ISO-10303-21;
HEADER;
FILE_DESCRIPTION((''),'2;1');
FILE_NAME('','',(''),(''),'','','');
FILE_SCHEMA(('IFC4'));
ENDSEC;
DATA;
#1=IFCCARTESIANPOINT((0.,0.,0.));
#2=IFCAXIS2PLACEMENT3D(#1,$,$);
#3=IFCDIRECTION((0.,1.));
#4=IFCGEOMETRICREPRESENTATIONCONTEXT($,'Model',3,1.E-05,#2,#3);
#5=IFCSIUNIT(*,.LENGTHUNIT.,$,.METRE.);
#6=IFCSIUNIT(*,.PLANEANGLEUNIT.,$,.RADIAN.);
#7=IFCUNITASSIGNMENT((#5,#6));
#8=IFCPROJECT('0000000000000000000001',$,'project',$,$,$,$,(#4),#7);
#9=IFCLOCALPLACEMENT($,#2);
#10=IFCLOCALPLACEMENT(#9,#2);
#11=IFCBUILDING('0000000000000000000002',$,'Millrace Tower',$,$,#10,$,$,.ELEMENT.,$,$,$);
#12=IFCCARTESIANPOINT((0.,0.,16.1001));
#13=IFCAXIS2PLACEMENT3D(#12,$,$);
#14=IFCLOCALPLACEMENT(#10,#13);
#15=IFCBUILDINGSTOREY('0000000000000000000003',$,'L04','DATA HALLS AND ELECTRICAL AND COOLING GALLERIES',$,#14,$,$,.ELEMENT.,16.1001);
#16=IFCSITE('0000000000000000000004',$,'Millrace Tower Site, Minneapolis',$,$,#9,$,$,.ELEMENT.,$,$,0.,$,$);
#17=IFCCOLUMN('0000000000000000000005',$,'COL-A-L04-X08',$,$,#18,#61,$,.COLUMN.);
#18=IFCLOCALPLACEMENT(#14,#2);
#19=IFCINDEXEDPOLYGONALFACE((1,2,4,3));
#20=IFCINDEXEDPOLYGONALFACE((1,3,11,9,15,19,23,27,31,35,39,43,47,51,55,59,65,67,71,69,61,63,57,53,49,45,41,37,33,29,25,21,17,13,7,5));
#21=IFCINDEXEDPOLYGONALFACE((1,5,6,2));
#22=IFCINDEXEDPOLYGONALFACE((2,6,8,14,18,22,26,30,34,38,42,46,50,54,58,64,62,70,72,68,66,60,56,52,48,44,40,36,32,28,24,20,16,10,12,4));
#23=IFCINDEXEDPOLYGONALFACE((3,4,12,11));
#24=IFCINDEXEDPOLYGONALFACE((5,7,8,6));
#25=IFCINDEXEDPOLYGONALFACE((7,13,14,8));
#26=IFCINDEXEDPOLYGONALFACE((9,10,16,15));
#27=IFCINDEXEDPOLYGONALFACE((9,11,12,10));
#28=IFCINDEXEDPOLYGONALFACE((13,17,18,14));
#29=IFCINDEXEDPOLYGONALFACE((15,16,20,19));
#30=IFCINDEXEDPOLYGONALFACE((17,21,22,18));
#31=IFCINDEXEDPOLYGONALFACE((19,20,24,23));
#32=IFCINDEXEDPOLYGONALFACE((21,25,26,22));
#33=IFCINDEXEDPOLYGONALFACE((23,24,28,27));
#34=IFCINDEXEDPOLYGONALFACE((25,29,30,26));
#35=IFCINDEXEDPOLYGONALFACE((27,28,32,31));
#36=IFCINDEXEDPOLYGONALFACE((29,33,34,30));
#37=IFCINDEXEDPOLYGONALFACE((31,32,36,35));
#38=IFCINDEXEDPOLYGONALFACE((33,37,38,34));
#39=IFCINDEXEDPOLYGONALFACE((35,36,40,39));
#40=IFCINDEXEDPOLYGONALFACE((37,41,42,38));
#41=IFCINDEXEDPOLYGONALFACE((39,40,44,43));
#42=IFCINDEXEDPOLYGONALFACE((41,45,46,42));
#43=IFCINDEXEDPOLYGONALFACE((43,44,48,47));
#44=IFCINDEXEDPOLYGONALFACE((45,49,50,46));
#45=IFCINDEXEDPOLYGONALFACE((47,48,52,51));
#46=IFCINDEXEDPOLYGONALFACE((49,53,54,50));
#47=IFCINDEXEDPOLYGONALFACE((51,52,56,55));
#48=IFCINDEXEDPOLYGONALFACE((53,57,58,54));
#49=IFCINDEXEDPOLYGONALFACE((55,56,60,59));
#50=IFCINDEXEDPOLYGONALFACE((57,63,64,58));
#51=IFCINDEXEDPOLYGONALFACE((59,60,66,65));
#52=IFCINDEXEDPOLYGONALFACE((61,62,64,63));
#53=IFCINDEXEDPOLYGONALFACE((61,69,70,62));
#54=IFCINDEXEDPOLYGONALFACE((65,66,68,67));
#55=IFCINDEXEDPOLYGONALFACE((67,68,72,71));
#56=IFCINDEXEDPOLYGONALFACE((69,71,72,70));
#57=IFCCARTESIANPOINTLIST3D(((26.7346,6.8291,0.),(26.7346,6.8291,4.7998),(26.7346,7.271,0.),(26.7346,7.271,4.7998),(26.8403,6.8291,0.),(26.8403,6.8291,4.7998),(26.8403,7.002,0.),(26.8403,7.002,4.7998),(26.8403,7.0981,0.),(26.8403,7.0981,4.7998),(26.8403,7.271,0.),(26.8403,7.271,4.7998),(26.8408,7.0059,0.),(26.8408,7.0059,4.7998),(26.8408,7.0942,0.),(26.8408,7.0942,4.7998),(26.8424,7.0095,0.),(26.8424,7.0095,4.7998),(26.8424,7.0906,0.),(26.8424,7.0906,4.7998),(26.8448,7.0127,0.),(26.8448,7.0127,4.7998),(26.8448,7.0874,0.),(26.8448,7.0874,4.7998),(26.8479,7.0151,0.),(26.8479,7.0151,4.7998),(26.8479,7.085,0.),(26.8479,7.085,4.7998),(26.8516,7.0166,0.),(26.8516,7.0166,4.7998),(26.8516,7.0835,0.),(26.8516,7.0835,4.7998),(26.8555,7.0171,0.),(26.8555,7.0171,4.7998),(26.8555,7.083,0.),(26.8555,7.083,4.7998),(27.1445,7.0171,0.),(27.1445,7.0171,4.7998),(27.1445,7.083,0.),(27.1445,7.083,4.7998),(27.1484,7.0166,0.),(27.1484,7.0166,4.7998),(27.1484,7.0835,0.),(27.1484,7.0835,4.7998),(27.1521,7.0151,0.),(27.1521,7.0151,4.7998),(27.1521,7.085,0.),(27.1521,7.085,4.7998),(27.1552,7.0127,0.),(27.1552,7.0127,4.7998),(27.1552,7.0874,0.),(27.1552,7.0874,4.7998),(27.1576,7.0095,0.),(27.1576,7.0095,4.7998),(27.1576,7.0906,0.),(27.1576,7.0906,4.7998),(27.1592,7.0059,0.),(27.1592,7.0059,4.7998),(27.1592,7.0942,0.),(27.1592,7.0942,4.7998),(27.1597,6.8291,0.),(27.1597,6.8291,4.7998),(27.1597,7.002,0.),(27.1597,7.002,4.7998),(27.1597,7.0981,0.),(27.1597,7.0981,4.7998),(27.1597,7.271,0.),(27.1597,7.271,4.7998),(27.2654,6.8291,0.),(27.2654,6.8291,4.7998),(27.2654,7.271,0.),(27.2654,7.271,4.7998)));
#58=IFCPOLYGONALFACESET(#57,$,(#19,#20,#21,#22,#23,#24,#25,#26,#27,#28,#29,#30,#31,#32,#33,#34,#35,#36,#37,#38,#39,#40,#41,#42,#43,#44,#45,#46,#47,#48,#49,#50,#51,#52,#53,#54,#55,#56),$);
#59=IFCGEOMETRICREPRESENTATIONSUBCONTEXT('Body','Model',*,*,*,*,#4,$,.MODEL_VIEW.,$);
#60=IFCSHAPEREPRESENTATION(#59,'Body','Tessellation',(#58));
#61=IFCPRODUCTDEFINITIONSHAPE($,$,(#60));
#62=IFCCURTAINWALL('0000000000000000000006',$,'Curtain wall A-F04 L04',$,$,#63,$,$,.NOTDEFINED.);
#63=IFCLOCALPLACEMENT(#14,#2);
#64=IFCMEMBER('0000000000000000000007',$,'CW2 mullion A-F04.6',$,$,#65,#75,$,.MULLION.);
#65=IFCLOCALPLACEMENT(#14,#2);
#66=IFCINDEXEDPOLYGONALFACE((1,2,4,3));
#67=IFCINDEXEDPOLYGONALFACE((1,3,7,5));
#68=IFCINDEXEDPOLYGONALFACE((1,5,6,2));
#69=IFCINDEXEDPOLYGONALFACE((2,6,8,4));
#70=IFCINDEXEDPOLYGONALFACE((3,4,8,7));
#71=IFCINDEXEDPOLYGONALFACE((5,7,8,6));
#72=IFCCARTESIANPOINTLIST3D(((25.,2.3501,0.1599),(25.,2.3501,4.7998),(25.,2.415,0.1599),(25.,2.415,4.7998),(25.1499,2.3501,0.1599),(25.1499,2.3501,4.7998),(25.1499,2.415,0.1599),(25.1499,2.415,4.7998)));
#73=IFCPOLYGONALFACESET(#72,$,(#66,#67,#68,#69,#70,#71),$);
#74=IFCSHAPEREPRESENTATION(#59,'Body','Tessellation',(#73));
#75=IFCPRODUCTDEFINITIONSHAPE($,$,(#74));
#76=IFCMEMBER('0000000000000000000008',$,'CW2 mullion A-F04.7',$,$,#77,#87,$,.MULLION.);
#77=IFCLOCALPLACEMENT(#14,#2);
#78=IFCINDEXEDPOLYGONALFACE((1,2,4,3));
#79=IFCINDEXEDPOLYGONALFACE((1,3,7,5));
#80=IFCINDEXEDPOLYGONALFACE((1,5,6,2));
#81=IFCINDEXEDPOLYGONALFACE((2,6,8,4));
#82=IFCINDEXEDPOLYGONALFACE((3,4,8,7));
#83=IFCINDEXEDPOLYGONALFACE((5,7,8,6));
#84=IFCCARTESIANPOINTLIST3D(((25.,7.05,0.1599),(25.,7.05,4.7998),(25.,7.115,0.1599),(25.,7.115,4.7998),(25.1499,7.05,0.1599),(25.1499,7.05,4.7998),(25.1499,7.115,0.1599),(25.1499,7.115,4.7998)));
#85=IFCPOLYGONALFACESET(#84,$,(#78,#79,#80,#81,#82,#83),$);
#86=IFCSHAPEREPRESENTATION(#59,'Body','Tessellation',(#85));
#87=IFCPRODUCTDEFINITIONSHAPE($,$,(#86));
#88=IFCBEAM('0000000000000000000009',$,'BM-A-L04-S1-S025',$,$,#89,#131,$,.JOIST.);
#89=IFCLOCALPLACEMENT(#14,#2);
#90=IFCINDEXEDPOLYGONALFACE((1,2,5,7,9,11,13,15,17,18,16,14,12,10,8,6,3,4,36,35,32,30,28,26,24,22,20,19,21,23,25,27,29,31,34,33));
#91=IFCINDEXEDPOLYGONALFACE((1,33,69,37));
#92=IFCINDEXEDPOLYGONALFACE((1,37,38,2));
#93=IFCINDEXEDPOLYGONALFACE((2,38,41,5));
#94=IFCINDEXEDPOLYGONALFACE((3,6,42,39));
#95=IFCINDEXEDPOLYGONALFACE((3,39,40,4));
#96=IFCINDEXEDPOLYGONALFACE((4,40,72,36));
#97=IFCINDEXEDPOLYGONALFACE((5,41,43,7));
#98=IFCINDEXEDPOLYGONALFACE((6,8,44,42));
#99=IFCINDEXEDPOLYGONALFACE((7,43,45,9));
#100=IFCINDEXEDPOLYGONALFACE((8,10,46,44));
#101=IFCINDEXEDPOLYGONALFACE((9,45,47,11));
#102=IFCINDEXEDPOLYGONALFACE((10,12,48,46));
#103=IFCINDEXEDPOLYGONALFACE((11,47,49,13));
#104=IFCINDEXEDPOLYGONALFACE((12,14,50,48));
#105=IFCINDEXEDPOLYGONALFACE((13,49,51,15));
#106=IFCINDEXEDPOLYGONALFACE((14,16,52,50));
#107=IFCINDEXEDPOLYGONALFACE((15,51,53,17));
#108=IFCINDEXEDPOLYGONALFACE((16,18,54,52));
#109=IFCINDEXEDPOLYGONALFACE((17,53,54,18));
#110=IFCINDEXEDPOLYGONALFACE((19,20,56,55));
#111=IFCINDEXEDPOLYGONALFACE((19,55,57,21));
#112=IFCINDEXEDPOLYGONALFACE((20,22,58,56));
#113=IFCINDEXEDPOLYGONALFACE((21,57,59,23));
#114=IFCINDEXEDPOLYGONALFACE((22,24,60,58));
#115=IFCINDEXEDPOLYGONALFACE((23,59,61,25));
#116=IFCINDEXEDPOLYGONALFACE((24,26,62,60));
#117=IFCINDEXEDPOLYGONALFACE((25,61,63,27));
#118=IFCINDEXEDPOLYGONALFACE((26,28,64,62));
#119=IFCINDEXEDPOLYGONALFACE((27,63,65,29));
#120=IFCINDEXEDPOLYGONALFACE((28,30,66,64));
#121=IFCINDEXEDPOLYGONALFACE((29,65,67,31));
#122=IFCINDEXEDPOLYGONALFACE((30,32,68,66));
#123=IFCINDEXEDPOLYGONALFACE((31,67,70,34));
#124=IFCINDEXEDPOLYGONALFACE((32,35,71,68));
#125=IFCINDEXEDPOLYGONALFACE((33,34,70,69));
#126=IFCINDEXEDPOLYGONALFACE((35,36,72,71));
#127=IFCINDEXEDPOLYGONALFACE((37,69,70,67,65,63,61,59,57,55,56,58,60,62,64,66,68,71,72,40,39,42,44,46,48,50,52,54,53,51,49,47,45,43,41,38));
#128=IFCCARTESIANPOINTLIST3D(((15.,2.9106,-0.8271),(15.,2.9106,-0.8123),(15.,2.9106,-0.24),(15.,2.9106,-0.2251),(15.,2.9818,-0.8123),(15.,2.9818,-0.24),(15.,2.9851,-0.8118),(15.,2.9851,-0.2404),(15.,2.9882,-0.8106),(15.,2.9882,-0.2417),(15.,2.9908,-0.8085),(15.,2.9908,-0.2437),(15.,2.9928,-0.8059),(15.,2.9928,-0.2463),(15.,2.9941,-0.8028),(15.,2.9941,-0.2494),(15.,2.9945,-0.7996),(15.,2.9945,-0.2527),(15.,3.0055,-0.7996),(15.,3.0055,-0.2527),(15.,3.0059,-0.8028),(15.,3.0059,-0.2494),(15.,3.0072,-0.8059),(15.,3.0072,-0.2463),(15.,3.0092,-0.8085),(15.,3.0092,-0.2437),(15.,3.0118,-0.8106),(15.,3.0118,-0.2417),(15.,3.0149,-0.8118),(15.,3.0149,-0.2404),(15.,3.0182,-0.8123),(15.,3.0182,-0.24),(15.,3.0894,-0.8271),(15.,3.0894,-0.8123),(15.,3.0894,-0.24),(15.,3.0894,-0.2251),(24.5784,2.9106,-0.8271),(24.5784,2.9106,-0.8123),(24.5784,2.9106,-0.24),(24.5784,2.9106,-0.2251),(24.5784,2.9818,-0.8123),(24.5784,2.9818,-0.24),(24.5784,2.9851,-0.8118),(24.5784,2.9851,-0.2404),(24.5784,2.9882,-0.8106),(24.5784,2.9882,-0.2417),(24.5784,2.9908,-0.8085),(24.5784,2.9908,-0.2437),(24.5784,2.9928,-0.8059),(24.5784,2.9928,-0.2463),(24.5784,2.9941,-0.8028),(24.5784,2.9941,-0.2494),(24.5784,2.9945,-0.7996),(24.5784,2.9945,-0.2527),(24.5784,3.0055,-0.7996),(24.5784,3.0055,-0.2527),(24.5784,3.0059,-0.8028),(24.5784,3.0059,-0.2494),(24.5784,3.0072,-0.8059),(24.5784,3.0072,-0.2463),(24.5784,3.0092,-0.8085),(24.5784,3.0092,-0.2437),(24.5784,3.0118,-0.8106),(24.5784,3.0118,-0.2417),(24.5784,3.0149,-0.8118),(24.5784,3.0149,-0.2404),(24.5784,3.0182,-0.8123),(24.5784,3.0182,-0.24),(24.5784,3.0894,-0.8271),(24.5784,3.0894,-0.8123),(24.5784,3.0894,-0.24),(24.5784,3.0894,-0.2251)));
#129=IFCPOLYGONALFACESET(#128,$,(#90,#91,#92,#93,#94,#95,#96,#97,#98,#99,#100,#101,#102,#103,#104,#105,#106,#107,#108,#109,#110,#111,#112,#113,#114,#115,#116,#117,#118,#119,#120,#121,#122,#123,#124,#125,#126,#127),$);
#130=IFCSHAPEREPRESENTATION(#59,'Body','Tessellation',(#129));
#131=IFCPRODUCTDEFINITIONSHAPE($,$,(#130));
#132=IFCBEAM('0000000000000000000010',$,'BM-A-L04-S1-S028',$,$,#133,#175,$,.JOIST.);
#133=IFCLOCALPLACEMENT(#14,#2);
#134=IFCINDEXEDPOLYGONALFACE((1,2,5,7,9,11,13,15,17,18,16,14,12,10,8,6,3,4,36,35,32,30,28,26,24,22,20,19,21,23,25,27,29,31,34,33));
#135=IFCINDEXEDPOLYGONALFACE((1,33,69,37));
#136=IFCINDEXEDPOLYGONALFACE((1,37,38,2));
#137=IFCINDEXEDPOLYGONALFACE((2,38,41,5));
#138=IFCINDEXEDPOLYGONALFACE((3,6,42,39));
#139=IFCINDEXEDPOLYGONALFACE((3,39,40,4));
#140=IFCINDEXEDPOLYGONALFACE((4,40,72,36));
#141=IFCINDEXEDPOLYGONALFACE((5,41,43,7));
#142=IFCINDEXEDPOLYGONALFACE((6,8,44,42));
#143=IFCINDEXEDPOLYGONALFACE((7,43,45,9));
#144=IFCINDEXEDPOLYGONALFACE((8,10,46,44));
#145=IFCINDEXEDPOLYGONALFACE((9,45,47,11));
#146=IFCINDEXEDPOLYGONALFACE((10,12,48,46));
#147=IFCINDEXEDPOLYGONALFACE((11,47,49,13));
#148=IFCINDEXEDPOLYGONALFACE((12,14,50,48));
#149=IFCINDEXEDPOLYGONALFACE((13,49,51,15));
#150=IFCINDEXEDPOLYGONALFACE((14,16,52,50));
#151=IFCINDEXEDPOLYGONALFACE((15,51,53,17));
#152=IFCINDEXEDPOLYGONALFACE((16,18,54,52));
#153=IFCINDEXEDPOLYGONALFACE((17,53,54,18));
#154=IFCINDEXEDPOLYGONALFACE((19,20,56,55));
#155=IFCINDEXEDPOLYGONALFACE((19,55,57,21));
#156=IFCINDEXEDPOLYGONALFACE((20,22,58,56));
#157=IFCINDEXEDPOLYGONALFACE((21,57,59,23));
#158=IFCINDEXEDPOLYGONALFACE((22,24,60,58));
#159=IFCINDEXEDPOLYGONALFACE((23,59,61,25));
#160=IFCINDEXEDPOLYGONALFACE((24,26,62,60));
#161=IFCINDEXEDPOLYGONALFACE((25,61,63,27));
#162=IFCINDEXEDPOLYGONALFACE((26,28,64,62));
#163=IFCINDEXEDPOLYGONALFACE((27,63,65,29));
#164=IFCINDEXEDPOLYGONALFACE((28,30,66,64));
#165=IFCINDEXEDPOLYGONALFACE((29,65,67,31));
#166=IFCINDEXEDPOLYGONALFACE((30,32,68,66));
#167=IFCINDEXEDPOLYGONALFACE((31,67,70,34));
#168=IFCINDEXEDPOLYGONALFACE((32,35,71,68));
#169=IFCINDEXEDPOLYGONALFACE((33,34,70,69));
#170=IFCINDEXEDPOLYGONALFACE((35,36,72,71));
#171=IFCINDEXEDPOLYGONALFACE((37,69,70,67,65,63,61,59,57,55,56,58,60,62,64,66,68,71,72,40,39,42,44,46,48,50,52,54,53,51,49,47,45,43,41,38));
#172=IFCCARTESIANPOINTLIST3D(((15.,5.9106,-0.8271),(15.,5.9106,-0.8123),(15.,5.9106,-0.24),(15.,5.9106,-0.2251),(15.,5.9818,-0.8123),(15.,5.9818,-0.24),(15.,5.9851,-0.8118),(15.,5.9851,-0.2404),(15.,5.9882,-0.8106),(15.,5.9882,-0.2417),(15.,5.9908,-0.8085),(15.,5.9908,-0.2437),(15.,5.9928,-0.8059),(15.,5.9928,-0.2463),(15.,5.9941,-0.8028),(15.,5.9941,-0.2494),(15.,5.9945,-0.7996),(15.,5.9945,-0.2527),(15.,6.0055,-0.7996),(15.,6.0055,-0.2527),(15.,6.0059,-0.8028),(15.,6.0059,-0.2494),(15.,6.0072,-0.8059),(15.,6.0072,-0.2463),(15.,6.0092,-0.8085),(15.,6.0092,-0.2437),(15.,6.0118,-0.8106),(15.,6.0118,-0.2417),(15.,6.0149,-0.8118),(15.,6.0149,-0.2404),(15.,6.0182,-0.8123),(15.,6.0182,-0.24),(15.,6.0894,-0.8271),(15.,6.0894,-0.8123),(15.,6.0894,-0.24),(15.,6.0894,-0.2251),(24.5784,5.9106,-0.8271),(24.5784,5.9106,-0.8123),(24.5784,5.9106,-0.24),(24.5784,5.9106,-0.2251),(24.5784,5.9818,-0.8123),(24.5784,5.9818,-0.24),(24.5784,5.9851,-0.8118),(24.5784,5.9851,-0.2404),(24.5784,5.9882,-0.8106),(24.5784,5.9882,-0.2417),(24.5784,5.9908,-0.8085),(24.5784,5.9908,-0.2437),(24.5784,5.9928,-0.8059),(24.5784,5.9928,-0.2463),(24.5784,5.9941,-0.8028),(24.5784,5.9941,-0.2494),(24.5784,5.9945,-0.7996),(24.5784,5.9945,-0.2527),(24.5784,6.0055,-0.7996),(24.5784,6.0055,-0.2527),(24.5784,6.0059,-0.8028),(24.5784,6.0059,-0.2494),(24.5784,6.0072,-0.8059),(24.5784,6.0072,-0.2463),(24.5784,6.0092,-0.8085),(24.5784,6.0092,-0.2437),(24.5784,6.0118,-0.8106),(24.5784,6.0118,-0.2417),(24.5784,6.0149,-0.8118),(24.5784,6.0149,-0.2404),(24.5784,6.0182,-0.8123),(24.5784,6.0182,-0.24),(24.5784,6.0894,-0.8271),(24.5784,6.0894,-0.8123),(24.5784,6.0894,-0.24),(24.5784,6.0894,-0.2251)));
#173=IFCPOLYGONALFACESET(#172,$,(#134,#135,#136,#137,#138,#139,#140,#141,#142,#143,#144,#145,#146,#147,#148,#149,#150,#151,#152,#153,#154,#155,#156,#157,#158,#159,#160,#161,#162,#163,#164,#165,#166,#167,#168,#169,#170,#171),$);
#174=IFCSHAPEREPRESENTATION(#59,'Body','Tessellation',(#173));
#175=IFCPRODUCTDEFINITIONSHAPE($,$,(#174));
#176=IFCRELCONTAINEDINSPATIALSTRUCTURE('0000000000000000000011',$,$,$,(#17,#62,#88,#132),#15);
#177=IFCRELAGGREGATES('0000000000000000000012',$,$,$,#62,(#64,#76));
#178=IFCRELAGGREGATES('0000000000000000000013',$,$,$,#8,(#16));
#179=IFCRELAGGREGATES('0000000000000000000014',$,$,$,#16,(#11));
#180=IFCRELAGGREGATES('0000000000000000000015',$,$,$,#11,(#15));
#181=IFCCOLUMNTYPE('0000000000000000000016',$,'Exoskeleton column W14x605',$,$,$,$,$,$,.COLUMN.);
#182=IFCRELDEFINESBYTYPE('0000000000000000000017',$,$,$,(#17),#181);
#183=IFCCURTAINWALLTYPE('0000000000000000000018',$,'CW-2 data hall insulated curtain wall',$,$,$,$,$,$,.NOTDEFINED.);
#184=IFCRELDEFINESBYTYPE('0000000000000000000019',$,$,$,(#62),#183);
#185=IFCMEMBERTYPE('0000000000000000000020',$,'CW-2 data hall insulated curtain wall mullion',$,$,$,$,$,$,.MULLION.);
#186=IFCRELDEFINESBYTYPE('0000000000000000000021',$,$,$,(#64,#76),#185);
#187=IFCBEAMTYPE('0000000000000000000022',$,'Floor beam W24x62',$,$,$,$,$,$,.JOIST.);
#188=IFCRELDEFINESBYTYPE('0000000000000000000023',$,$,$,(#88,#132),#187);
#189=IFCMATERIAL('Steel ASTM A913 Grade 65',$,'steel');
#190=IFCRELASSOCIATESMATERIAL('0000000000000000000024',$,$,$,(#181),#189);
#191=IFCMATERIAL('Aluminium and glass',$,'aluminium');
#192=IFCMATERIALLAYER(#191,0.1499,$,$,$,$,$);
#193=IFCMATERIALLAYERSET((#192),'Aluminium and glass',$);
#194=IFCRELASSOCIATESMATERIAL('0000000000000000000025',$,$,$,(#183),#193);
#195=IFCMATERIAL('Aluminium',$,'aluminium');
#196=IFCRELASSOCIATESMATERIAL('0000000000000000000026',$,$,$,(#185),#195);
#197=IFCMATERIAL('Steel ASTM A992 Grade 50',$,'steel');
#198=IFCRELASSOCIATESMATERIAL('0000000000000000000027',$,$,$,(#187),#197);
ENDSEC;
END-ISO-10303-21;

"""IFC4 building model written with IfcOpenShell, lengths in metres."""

from ifc_helpers import new_model, si_unit, direction, frame, origin, origin_2d, place, context, subcontext, project, spatial, rectangle, i_section, extrude, material, layer, layer_set, material_profile, profile_set, type_object, element, aggregate, save


model = new_model("IFC4")

# Units and contexts
model_context = context("Model", 3, precision=1e-05, world=origin(), true_north=direction((0.0, 1.0)))
body_context = subcontext(model_context, "Body", "Model", "MODEL_VIEW")
ifc_project = project(units=[si_unit("LENGTHUNIT", "METRE"), si_unit("PLANEANGLEUNIT", "RADIAN")], contexts=[model_context])

# Site, building, storey
site_placement = place(None, origin())
site = spatial("IfcSite", under=ifc_project, at=site_placement, Name="Millrace Tower Site, Minneapolis", CompositionType="ELEMENT", RefElevation=0.0)
building_placement = place(site_placement, origin())
building = spatial("IfcBuilding", under=site, at=building_placement, Name="Millrace Tower", CompositionType="ELEMENT")
storey_placement = place(building_placement, frame((0.0, 0.0, 16.1001)))
storey = spatial("IfcBuildingStorey", under=building, at=storey_placement, Name="L04", Description="DATA HALLS AND ELECTRICAL AND COOLING GALLERIES", CompositionType="ELEMENT", Elevation=16.1001)

# Column
ifc_material_1 = material(Name="Steel ASTM A913 Grade 65", Category="steel")
ifc_material_profile_1 = material_profile(ifc_material_1, i_section(OverallWidth=0.4419, OverallDepth=0.5308, WebThickness=0.0659, FlangeThickness=0.1057, FilletRadius=0.0151, at=origin_2d()))
ifc_profile_set_1 = profile_set([ifc_material_profile_1], Name="Steel ASTM A913 Grade 65")
column_type = type_object("IfcColumnType", Name="Exoskeleton column W14x605", PredefinedType="COLUMN", material=ifc_profile_set_1)
column_placement = place(storey_placement, frame((27.0, 7.05, 0.0), z_axis=(0.0, 0.0, 1.0), x_axis=(0.0, 1.0, 0.0)))
element("IfcColumn", 1, at=column_placement, inside=storey, type_object=column_type, Name="COL-A-L04-X08", PredefinedType="COLUMN", context=body_context, shape_type="SweptSolid", body=[
    extrude(i_section(OverallWidth=0.4419, OverallDepth=0.5308, WebThickness=0.0659, FlangeThickness=0.1057, FilletRadius=0.0151, at=origin_2d()), origin(), (0.0, 0.0, 1.0), 4.7998),
])

# Curtain wall, members
ifc_material_2 = material(Name="Aluminium and glass", Category="aluminium")
ifc_layer_1 = layer(ifc_material_2, 0.1499)
ifc_layer_set_1 = layer_set([ifc_layer_1], Name="Aluminium and glass")
curtain_wall_type = type_object("IfcCurtainWallType", Name="CW-2 data hall insulated curtain wall", PredefinedType="NOTDEFINED", material=ifc_layer_set_1)
curtain_wall_placement = place(storey_placement, origin())
curtain_wall = element("IfcCurtainWall", 2, at=curtain_wall_placement, inside=storey, type_object=curtain_wall_type, Name="Curtain wall A-F04 L04", PredefinedType="NOTDEFINED")
ifc_material_3 = material(Name="Aluminium", Category="aluminium")
ifc_material_profile_2 = material_profile(ifc_material_3, rectangle(XDim=0.0649, YDim=0.1499, at=origin_2d()))
ifc_profile_set_2 = profile_set([ifc_material_profile_2], Name="Aluminium")
member_type = type_object("IfcMemberType", Name="CW-2 data hall insulated curtain wall mullion", PredefinedType="MULLION", material=ifc_profile_set_2)
member_1_placement = place(storey_placement, frame((25.075, 2.3826, 0.1599), z_axis=(0.0, 0.0, 1.0), x_axis=(0.0, 1.0, 0.0)))
member_1 = element("IfcMember", 3, at=member_1_placement, type_object=member_type, Name="CW2 mullion A-F04.6", PredefinedType="MULLION", context=body_context, shape_type="SweptSolid", body=[
    extrude(rectangle(XDim=0.0649, YDim=0.1499, at=origin_2d()), origin(), (0.0, 0.0, 1.0), 4.6399),
])
member_2_placement = place(storey_placement, frame((25.075, 7.0825, 0.1599), z_axis=(0.0, 0.0, 1.0), x_axis=(0.0, 1.0, 0.0)))
member_2 = element("IfcMember", 4, at=member_2_placement, type_object=member_type, Name="CW2 mullion A-F04.7", PredefinedType="MULLION", context=body_context, shape_type="SweptSolid", body=[
    extrude(rectangle(XDim=0.0649, YDim=0.1499, at=origin_2d()), origin(), (0.0, 0.0, 1.0), 4.6399),
])
aggregate(curtain_wall, [member_1, member_2])

# Beams
ifc_material_4 = material(Name="Steel ASTM A992 Grade 50", Category="steel")
ifc_material_profile_3 = material_profile(ifc_material_4, i_section(OverallWidth=0.1787, OverallDepth=0.6021, WebThickness=0.011, FlangeThickness=0.0149, FilletRadius=0.0127, at=origin_2d()))
ifc_profile_set_3 = profile_set([ifc_material_profile_3], Name="Steel ASTM A992 Grade 50")
beam_type_1 = type_object("IfcBeamType", Name="Floor beam W24x62", PredefinedType="JOIST", material=ifc_profile_set_3)
for number, where, z_axis, x_axis, name in (
    (5, (15.0, 3.0, -0.5261), (1.0, 0.0, 0.0), (0.0, 1.0, 0.0), "BM-A-L04-S1-S025"),
    (6, (15.0, 6.0, -0.5261), (1.0, 0.0, 0.0), (0.0, 1.0, 0.0), "BM-A-L04-S1-S028"),
):
    element("IfcBeam", number, at=place(storey_placement, frame(where, z_axis=z_axis, x_axis=x_axis)), inside=storey, type_object=beam_type_1, Name=name, PredefinedType="JOIST", context=body_context, shape_type="SweptSolid", body=[
        extrude(i_section(OverallWidth=0.1787, OverallDepth=0.6021, WebThickness=0.011, FlangeThickness=0.0149, FilletRadius=0.0127, at=origin_2d()), origin(), (0.0, 0.0, 1.0), 9.5784),
    ])

save(model, "model.ifc")
